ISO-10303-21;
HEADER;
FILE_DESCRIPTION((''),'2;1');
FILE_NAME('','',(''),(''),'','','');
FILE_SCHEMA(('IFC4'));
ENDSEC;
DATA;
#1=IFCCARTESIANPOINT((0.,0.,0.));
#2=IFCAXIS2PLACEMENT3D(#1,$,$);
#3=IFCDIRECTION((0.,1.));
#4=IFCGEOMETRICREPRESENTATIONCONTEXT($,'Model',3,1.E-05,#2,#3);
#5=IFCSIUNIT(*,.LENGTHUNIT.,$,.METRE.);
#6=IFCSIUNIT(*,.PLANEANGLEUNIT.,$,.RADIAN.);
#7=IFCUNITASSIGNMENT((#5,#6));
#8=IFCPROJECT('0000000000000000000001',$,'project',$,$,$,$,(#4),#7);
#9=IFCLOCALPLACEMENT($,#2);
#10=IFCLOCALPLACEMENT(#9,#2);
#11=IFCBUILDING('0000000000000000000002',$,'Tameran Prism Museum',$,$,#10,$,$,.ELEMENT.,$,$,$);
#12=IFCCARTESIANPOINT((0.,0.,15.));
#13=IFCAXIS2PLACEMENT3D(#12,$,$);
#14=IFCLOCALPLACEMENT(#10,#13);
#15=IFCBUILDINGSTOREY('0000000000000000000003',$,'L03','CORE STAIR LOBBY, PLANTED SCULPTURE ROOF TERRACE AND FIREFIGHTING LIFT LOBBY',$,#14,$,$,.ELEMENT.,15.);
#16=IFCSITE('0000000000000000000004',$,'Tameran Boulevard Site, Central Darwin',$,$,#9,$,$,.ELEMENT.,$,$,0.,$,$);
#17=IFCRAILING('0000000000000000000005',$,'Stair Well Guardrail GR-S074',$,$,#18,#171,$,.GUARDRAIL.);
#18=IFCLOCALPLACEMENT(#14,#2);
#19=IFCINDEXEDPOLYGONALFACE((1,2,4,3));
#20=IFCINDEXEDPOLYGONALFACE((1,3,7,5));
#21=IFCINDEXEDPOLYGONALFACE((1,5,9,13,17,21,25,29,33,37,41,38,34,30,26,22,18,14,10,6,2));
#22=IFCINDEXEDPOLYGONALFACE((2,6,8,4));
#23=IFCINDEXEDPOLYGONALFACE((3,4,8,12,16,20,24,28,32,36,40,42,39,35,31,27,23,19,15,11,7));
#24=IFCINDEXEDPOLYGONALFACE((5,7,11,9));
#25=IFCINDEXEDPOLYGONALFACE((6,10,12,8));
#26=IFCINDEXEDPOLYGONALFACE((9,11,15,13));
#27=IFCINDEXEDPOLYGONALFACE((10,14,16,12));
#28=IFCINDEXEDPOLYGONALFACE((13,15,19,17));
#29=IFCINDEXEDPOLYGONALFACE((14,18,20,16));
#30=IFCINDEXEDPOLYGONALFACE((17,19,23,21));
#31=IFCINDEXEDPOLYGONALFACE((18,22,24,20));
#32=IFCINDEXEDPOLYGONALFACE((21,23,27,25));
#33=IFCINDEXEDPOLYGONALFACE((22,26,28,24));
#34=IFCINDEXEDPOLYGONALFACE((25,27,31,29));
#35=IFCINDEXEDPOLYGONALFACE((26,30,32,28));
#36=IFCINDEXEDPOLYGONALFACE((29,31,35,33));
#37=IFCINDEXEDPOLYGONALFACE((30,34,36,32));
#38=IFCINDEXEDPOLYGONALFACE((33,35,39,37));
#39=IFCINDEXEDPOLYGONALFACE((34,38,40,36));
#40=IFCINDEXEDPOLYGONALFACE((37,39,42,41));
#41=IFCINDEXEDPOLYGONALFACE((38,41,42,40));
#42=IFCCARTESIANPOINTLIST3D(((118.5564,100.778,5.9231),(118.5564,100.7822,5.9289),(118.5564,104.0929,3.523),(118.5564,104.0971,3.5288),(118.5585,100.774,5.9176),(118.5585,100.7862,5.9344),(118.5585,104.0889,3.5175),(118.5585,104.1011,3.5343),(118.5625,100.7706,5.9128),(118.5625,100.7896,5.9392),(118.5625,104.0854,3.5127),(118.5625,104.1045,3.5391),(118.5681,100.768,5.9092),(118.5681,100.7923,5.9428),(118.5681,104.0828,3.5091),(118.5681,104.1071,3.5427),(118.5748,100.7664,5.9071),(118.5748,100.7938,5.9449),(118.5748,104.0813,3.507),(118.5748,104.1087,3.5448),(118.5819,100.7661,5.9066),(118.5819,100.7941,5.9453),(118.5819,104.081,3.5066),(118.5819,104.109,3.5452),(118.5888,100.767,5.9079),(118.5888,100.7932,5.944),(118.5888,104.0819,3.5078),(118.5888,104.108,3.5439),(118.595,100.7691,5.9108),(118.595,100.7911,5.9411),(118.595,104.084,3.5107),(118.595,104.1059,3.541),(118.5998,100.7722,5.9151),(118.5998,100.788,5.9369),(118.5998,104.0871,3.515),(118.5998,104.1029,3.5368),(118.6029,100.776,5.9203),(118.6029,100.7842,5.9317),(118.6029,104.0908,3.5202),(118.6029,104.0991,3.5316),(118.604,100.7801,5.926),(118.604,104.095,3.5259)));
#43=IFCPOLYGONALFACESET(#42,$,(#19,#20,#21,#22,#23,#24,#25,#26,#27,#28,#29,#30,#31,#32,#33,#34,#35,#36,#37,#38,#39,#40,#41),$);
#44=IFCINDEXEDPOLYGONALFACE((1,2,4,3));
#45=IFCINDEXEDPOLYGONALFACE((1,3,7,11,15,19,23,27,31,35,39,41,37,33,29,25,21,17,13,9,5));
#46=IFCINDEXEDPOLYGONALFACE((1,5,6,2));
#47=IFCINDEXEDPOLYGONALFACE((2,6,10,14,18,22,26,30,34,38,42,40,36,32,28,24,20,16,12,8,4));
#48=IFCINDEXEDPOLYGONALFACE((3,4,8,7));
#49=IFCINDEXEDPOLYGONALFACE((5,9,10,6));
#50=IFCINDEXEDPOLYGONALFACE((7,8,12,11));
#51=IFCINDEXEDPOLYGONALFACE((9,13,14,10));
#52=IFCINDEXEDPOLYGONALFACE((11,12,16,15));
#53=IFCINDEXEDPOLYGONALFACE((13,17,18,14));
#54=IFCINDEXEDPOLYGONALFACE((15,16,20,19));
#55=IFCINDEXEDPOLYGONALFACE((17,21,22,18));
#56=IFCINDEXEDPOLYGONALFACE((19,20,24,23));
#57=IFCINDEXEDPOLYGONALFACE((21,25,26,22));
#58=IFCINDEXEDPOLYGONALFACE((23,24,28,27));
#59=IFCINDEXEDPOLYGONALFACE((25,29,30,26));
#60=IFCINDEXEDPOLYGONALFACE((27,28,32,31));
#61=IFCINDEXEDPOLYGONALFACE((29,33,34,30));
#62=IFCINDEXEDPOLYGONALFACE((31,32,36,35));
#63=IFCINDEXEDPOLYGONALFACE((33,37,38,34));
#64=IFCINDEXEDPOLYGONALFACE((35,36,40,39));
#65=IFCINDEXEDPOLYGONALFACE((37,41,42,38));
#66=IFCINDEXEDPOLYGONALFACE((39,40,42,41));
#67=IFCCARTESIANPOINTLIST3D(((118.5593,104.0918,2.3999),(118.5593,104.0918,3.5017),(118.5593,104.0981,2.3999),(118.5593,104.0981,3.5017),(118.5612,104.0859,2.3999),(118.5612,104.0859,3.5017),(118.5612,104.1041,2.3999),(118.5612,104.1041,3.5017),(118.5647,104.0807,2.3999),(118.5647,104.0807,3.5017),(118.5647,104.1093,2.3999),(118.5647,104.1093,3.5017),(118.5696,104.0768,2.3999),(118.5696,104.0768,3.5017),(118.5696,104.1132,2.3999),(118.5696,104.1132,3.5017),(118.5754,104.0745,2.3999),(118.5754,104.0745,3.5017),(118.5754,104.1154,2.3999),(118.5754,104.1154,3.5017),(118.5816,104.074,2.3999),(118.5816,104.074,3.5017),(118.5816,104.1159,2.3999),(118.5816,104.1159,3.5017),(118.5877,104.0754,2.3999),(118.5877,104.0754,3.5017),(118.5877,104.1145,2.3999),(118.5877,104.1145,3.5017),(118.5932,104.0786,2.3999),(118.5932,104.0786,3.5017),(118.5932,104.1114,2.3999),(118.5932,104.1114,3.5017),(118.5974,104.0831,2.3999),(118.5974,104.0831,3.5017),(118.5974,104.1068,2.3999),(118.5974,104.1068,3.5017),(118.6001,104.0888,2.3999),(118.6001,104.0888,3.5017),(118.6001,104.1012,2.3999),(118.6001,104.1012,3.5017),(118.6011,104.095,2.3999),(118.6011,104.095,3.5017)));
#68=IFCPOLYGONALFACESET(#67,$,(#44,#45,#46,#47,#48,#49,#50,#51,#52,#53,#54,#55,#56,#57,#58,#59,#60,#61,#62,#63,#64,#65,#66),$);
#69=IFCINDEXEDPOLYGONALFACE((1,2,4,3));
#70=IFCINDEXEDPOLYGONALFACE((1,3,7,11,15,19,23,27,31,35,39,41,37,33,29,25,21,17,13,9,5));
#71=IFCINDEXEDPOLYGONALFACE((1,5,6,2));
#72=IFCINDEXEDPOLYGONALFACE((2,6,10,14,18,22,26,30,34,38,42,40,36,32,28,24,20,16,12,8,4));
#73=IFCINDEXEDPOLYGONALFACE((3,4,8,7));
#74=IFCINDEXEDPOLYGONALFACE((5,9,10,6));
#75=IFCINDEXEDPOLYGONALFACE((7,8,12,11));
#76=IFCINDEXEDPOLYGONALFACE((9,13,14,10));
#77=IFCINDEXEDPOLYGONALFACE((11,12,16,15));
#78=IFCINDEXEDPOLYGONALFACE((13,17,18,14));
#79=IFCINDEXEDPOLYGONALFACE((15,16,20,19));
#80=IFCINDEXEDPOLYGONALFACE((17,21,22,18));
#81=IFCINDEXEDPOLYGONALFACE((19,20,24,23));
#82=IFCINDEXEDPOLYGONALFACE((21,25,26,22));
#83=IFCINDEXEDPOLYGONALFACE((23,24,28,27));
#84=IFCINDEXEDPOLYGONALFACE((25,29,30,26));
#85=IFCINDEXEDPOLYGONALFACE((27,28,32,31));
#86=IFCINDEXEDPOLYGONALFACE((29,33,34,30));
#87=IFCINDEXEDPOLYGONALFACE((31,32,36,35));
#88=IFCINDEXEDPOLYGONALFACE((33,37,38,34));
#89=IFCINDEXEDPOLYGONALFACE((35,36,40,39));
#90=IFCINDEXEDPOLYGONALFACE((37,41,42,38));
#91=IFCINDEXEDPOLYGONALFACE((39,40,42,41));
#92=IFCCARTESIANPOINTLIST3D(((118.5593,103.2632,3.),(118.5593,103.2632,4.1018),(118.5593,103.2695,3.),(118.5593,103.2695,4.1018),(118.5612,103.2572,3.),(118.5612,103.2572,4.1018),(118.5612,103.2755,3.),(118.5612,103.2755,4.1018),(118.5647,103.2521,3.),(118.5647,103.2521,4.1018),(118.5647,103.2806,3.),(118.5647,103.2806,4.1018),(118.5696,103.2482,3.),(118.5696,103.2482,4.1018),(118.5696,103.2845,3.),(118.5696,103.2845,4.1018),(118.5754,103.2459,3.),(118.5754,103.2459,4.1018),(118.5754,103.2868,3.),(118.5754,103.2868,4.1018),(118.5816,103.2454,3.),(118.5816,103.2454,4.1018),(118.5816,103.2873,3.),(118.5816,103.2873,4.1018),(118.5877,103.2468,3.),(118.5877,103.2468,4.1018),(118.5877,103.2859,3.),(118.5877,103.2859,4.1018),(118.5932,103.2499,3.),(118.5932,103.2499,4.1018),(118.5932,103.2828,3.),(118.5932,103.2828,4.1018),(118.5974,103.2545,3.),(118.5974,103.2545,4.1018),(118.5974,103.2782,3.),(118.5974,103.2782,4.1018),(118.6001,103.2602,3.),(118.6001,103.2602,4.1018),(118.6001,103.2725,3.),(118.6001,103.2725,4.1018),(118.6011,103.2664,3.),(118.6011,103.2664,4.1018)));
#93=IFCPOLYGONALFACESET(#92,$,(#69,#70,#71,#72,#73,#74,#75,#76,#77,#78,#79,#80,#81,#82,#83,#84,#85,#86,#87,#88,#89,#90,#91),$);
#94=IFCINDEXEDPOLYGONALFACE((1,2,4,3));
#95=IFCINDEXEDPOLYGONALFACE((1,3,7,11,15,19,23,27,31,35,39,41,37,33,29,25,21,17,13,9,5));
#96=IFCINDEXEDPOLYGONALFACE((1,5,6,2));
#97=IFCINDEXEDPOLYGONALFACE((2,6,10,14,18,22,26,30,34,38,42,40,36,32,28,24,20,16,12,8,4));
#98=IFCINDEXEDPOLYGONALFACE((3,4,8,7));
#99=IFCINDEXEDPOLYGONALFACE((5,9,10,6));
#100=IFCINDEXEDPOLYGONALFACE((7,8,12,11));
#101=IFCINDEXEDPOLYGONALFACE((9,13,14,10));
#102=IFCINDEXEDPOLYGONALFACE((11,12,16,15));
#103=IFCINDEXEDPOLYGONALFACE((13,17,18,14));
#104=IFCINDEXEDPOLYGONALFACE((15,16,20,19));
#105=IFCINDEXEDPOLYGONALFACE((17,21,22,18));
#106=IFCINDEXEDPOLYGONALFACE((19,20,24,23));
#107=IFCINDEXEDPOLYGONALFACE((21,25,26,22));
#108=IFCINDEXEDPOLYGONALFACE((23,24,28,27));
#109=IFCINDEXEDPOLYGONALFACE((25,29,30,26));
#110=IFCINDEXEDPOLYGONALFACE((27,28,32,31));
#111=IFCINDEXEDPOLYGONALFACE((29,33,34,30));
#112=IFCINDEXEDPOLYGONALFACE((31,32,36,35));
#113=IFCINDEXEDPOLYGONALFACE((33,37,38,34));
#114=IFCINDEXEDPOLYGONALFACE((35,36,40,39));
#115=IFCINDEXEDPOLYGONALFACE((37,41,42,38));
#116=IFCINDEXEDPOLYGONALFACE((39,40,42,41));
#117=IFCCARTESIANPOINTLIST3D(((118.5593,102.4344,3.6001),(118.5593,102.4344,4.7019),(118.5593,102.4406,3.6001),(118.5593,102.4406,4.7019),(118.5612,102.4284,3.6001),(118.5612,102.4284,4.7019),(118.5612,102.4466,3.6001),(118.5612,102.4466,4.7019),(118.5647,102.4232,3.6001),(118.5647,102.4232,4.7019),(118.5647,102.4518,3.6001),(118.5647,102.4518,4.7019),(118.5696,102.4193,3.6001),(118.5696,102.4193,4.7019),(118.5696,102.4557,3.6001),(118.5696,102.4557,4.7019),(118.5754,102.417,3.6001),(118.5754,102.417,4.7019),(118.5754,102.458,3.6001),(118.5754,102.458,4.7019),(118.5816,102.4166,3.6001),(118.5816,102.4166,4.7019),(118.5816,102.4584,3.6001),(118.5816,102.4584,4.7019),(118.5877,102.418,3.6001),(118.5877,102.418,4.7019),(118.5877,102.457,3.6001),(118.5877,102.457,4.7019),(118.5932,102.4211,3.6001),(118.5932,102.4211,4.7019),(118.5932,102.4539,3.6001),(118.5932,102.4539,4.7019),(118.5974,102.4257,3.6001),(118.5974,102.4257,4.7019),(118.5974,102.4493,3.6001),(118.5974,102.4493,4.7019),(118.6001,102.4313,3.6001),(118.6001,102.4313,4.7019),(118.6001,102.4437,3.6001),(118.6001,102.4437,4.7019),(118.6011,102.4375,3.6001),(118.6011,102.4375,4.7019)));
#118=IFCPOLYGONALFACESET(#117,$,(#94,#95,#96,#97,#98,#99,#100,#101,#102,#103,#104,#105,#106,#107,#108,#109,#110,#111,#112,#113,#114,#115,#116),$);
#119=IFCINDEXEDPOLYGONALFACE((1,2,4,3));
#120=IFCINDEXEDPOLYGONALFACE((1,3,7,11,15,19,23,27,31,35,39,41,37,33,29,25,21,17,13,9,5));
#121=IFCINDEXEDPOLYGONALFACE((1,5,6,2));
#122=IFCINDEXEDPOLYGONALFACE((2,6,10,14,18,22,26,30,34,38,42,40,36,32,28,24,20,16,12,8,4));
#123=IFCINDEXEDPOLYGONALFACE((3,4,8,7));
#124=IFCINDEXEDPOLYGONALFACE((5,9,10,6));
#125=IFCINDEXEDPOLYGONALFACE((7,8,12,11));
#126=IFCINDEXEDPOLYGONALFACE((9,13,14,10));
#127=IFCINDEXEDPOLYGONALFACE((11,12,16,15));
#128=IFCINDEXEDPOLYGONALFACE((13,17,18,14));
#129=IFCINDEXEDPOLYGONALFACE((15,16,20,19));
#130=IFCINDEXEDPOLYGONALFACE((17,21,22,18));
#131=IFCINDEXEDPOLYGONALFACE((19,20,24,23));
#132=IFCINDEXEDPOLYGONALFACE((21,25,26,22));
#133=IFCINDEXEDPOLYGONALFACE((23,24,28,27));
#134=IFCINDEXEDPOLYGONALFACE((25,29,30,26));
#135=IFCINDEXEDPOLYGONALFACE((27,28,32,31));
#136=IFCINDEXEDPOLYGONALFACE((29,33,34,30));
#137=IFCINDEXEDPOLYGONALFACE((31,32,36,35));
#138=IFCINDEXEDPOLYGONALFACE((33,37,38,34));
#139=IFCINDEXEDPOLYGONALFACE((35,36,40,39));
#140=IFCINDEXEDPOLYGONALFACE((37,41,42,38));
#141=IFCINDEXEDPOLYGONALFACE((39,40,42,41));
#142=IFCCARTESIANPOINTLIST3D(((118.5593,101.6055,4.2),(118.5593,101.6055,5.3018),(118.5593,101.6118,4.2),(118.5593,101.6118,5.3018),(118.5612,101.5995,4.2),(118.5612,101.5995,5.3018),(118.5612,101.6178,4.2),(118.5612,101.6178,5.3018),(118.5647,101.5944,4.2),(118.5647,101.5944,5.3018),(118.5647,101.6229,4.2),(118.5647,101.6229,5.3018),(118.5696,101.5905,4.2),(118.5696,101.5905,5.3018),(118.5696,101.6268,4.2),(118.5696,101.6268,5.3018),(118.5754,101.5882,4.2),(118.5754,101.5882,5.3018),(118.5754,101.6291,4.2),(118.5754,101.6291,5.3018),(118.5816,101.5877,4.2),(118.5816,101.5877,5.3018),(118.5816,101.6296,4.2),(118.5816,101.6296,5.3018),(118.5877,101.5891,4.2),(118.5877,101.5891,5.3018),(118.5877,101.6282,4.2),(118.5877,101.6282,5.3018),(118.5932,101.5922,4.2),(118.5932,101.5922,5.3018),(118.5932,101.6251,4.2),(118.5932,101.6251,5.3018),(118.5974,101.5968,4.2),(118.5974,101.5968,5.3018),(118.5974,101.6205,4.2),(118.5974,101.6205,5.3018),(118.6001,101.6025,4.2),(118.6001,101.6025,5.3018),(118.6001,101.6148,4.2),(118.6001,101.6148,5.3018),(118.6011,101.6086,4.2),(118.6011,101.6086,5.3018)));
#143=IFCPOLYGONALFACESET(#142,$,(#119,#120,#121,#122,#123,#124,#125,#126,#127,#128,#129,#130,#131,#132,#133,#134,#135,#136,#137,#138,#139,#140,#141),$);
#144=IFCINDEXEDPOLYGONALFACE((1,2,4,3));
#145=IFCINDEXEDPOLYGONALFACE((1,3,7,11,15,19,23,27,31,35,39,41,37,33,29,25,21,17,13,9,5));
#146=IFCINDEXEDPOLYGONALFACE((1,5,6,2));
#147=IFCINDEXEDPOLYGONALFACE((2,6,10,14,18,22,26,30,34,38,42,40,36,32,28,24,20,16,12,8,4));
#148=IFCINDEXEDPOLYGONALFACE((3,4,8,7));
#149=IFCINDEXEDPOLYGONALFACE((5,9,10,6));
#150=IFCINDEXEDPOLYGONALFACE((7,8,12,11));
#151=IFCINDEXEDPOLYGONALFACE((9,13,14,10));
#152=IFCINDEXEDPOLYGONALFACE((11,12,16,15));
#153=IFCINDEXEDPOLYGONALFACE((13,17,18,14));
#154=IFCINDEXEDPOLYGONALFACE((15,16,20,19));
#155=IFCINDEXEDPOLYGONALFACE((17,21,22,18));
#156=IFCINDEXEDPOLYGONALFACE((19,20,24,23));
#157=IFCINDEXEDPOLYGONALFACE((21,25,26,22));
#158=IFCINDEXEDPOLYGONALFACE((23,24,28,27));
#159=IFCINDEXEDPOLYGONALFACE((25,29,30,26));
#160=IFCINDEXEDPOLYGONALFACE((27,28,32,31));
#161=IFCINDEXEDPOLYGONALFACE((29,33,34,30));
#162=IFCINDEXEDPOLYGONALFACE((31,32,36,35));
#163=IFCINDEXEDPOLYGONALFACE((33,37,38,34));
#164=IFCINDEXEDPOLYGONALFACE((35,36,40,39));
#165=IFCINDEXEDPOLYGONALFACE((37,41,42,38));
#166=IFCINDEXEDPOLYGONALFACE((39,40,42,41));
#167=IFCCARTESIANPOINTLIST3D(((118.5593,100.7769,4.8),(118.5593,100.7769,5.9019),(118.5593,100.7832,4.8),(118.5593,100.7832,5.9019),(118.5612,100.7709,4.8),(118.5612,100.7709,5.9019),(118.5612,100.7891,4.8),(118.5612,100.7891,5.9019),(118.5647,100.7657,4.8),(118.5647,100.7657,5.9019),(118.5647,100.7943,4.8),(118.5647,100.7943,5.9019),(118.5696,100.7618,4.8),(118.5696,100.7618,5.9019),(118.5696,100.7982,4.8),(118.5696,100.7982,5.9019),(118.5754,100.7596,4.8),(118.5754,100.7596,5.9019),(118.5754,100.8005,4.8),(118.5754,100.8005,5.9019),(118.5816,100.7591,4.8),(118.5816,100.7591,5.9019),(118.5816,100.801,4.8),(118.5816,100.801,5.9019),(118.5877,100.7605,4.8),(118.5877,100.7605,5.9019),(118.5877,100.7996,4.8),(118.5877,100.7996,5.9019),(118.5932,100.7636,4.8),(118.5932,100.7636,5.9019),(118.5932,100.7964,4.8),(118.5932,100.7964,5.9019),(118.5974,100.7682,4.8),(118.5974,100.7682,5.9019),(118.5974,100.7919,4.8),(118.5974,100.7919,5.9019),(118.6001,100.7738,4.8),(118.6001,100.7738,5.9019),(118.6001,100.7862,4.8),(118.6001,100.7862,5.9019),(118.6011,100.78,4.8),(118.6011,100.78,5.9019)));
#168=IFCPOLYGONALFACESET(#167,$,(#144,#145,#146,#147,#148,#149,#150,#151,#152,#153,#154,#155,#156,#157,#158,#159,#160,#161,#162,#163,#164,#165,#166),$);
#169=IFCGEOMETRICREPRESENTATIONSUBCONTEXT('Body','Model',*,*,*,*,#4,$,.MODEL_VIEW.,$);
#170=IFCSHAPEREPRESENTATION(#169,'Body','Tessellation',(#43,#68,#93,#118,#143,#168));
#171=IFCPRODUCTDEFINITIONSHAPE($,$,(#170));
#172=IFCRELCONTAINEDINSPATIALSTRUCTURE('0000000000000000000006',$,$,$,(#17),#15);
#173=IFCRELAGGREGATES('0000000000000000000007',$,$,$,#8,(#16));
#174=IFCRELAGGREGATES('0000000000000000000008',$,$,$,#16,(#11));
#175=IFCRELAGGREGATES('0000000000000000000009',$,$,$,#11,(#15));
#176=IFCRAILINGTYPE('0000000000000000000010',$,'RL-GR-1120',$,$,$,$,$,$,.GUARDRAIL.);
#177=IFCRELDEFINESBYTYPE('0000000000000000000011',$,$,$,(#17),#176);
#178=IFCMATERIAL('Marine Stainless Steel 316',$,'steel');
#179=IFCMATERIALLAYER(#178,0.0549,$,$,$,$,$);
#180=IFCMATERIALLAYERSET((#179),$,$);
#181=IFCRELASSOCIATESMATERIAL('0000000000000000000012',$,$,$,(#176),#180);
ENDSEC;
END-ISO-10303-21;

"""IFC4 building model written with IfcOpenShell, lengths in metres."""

from ifc_helpers import new_model, si_unit, direction, frame, origin, origin_2d, place, context, subcontext, project, spatial, circle, extrude, material, layer, layer_set, type_object, element, save


model = new_model("IFC4")

# Units and contexts
model_context = context("Model", 3, precision=1e-05, world=origin(), true_north=direction((0.0, 1.0)))
body_context = subcontext(model_context, "Body", "Model", "MODEL_VIEW")
ifc_project = project(units=[si_unit("LENGTHUNIT", "METRE"), si_unit("PLANEANGLEUNIT", "RADIAN")], contexts=[model_context])

# Site, building, storey
site_placement = place(None, origin())
site = spatial("IfcSite", under=ifc_project, at=site_placement, Name="Tameran Boulevard Site, Central Darwin", CompositionType="ELEMENT", RefElevation=0.0)
building_placement = place(site_placement, origin())
building = spatial("IfcBuilding", under=site, at=building_placement, Name="Tameran Prism Museum", CompositionType="ELEMENT")
storey_placement = place(building_placement, frame((0.0, 0.0, 15.0)))
storey = spatial("IfcBuildingStorey", under=building, at=storey_placement, Name="L03", Description="CORE STAIR LOBBY, PLANTED SCULPTURE ROOF TERRACE AND FIREFIGHTING LIFT LOBBY", CompositionType="ELEMENT", Elevation=15.0)

# Railing
ifc_material_1 = material(Name="Marine Stainless Steel 316", Category="steel")
ifc_layer_1 = layer(ifc_material_1, 0.0549)
ifc_layer_set_1 = layer_set([ifc_layer_1])
railing_type_1 = type_object("IfcRailingType", Name="RL-GR-1120", PredefinedType="GUARDRAIL", material=ifc_layer_set_1)
railing_1_placement = place(storey_placement, frame((118.5801, 104.095, 2.3999)))
element("IfcRailing", 1, at=railing_1_placement, inside=storey, type_object=railing_type_1, Name="Stair Well Guardrail GR-S074", PredefinedType="GUARDRAIL", context=body_context, shape_type="SweptSolid", body=[
    extrude(circle(Radius=0.0239, at=origin_2d()), frame((0.0, 0.0, 1.126), z_axis=(0.0, -0.80998, 0.586457), x_axis=(1.0, 0.0, 0.0)), (0.0, 0.0, 1.0), 4.0925),
    extrude(circle(Radius=0.021, at=origin_2d()), origin(), (0.0, 0.0, 1.0), 1.1018),
    extrude(circle(Radius=0.021, at=origin_2d()), frame((0.0, -0.8286, 0.6001)), (0.0, 0.0, 1.0), 1.1018),
    extrude(circle(Radius=0.021, at=origin_2d()), frame((0.0, -1.6575, 1.2002)), (0.0, 0.0, 1.0), 1.1018),
    extrude(circle(Radius=0.021, at=origin_2d()), frame((0.0, -2.4863, 1.8)), (0.0, 0.0, 1.0), 1.1018),
    extrude(circle(Radius=0.021, at=origin_2d()), frame((0.0, -3.3149, 2.4001)), (0.0, 0.0, 1.0), 1.1018),
])

save(model, "model.ifc")
